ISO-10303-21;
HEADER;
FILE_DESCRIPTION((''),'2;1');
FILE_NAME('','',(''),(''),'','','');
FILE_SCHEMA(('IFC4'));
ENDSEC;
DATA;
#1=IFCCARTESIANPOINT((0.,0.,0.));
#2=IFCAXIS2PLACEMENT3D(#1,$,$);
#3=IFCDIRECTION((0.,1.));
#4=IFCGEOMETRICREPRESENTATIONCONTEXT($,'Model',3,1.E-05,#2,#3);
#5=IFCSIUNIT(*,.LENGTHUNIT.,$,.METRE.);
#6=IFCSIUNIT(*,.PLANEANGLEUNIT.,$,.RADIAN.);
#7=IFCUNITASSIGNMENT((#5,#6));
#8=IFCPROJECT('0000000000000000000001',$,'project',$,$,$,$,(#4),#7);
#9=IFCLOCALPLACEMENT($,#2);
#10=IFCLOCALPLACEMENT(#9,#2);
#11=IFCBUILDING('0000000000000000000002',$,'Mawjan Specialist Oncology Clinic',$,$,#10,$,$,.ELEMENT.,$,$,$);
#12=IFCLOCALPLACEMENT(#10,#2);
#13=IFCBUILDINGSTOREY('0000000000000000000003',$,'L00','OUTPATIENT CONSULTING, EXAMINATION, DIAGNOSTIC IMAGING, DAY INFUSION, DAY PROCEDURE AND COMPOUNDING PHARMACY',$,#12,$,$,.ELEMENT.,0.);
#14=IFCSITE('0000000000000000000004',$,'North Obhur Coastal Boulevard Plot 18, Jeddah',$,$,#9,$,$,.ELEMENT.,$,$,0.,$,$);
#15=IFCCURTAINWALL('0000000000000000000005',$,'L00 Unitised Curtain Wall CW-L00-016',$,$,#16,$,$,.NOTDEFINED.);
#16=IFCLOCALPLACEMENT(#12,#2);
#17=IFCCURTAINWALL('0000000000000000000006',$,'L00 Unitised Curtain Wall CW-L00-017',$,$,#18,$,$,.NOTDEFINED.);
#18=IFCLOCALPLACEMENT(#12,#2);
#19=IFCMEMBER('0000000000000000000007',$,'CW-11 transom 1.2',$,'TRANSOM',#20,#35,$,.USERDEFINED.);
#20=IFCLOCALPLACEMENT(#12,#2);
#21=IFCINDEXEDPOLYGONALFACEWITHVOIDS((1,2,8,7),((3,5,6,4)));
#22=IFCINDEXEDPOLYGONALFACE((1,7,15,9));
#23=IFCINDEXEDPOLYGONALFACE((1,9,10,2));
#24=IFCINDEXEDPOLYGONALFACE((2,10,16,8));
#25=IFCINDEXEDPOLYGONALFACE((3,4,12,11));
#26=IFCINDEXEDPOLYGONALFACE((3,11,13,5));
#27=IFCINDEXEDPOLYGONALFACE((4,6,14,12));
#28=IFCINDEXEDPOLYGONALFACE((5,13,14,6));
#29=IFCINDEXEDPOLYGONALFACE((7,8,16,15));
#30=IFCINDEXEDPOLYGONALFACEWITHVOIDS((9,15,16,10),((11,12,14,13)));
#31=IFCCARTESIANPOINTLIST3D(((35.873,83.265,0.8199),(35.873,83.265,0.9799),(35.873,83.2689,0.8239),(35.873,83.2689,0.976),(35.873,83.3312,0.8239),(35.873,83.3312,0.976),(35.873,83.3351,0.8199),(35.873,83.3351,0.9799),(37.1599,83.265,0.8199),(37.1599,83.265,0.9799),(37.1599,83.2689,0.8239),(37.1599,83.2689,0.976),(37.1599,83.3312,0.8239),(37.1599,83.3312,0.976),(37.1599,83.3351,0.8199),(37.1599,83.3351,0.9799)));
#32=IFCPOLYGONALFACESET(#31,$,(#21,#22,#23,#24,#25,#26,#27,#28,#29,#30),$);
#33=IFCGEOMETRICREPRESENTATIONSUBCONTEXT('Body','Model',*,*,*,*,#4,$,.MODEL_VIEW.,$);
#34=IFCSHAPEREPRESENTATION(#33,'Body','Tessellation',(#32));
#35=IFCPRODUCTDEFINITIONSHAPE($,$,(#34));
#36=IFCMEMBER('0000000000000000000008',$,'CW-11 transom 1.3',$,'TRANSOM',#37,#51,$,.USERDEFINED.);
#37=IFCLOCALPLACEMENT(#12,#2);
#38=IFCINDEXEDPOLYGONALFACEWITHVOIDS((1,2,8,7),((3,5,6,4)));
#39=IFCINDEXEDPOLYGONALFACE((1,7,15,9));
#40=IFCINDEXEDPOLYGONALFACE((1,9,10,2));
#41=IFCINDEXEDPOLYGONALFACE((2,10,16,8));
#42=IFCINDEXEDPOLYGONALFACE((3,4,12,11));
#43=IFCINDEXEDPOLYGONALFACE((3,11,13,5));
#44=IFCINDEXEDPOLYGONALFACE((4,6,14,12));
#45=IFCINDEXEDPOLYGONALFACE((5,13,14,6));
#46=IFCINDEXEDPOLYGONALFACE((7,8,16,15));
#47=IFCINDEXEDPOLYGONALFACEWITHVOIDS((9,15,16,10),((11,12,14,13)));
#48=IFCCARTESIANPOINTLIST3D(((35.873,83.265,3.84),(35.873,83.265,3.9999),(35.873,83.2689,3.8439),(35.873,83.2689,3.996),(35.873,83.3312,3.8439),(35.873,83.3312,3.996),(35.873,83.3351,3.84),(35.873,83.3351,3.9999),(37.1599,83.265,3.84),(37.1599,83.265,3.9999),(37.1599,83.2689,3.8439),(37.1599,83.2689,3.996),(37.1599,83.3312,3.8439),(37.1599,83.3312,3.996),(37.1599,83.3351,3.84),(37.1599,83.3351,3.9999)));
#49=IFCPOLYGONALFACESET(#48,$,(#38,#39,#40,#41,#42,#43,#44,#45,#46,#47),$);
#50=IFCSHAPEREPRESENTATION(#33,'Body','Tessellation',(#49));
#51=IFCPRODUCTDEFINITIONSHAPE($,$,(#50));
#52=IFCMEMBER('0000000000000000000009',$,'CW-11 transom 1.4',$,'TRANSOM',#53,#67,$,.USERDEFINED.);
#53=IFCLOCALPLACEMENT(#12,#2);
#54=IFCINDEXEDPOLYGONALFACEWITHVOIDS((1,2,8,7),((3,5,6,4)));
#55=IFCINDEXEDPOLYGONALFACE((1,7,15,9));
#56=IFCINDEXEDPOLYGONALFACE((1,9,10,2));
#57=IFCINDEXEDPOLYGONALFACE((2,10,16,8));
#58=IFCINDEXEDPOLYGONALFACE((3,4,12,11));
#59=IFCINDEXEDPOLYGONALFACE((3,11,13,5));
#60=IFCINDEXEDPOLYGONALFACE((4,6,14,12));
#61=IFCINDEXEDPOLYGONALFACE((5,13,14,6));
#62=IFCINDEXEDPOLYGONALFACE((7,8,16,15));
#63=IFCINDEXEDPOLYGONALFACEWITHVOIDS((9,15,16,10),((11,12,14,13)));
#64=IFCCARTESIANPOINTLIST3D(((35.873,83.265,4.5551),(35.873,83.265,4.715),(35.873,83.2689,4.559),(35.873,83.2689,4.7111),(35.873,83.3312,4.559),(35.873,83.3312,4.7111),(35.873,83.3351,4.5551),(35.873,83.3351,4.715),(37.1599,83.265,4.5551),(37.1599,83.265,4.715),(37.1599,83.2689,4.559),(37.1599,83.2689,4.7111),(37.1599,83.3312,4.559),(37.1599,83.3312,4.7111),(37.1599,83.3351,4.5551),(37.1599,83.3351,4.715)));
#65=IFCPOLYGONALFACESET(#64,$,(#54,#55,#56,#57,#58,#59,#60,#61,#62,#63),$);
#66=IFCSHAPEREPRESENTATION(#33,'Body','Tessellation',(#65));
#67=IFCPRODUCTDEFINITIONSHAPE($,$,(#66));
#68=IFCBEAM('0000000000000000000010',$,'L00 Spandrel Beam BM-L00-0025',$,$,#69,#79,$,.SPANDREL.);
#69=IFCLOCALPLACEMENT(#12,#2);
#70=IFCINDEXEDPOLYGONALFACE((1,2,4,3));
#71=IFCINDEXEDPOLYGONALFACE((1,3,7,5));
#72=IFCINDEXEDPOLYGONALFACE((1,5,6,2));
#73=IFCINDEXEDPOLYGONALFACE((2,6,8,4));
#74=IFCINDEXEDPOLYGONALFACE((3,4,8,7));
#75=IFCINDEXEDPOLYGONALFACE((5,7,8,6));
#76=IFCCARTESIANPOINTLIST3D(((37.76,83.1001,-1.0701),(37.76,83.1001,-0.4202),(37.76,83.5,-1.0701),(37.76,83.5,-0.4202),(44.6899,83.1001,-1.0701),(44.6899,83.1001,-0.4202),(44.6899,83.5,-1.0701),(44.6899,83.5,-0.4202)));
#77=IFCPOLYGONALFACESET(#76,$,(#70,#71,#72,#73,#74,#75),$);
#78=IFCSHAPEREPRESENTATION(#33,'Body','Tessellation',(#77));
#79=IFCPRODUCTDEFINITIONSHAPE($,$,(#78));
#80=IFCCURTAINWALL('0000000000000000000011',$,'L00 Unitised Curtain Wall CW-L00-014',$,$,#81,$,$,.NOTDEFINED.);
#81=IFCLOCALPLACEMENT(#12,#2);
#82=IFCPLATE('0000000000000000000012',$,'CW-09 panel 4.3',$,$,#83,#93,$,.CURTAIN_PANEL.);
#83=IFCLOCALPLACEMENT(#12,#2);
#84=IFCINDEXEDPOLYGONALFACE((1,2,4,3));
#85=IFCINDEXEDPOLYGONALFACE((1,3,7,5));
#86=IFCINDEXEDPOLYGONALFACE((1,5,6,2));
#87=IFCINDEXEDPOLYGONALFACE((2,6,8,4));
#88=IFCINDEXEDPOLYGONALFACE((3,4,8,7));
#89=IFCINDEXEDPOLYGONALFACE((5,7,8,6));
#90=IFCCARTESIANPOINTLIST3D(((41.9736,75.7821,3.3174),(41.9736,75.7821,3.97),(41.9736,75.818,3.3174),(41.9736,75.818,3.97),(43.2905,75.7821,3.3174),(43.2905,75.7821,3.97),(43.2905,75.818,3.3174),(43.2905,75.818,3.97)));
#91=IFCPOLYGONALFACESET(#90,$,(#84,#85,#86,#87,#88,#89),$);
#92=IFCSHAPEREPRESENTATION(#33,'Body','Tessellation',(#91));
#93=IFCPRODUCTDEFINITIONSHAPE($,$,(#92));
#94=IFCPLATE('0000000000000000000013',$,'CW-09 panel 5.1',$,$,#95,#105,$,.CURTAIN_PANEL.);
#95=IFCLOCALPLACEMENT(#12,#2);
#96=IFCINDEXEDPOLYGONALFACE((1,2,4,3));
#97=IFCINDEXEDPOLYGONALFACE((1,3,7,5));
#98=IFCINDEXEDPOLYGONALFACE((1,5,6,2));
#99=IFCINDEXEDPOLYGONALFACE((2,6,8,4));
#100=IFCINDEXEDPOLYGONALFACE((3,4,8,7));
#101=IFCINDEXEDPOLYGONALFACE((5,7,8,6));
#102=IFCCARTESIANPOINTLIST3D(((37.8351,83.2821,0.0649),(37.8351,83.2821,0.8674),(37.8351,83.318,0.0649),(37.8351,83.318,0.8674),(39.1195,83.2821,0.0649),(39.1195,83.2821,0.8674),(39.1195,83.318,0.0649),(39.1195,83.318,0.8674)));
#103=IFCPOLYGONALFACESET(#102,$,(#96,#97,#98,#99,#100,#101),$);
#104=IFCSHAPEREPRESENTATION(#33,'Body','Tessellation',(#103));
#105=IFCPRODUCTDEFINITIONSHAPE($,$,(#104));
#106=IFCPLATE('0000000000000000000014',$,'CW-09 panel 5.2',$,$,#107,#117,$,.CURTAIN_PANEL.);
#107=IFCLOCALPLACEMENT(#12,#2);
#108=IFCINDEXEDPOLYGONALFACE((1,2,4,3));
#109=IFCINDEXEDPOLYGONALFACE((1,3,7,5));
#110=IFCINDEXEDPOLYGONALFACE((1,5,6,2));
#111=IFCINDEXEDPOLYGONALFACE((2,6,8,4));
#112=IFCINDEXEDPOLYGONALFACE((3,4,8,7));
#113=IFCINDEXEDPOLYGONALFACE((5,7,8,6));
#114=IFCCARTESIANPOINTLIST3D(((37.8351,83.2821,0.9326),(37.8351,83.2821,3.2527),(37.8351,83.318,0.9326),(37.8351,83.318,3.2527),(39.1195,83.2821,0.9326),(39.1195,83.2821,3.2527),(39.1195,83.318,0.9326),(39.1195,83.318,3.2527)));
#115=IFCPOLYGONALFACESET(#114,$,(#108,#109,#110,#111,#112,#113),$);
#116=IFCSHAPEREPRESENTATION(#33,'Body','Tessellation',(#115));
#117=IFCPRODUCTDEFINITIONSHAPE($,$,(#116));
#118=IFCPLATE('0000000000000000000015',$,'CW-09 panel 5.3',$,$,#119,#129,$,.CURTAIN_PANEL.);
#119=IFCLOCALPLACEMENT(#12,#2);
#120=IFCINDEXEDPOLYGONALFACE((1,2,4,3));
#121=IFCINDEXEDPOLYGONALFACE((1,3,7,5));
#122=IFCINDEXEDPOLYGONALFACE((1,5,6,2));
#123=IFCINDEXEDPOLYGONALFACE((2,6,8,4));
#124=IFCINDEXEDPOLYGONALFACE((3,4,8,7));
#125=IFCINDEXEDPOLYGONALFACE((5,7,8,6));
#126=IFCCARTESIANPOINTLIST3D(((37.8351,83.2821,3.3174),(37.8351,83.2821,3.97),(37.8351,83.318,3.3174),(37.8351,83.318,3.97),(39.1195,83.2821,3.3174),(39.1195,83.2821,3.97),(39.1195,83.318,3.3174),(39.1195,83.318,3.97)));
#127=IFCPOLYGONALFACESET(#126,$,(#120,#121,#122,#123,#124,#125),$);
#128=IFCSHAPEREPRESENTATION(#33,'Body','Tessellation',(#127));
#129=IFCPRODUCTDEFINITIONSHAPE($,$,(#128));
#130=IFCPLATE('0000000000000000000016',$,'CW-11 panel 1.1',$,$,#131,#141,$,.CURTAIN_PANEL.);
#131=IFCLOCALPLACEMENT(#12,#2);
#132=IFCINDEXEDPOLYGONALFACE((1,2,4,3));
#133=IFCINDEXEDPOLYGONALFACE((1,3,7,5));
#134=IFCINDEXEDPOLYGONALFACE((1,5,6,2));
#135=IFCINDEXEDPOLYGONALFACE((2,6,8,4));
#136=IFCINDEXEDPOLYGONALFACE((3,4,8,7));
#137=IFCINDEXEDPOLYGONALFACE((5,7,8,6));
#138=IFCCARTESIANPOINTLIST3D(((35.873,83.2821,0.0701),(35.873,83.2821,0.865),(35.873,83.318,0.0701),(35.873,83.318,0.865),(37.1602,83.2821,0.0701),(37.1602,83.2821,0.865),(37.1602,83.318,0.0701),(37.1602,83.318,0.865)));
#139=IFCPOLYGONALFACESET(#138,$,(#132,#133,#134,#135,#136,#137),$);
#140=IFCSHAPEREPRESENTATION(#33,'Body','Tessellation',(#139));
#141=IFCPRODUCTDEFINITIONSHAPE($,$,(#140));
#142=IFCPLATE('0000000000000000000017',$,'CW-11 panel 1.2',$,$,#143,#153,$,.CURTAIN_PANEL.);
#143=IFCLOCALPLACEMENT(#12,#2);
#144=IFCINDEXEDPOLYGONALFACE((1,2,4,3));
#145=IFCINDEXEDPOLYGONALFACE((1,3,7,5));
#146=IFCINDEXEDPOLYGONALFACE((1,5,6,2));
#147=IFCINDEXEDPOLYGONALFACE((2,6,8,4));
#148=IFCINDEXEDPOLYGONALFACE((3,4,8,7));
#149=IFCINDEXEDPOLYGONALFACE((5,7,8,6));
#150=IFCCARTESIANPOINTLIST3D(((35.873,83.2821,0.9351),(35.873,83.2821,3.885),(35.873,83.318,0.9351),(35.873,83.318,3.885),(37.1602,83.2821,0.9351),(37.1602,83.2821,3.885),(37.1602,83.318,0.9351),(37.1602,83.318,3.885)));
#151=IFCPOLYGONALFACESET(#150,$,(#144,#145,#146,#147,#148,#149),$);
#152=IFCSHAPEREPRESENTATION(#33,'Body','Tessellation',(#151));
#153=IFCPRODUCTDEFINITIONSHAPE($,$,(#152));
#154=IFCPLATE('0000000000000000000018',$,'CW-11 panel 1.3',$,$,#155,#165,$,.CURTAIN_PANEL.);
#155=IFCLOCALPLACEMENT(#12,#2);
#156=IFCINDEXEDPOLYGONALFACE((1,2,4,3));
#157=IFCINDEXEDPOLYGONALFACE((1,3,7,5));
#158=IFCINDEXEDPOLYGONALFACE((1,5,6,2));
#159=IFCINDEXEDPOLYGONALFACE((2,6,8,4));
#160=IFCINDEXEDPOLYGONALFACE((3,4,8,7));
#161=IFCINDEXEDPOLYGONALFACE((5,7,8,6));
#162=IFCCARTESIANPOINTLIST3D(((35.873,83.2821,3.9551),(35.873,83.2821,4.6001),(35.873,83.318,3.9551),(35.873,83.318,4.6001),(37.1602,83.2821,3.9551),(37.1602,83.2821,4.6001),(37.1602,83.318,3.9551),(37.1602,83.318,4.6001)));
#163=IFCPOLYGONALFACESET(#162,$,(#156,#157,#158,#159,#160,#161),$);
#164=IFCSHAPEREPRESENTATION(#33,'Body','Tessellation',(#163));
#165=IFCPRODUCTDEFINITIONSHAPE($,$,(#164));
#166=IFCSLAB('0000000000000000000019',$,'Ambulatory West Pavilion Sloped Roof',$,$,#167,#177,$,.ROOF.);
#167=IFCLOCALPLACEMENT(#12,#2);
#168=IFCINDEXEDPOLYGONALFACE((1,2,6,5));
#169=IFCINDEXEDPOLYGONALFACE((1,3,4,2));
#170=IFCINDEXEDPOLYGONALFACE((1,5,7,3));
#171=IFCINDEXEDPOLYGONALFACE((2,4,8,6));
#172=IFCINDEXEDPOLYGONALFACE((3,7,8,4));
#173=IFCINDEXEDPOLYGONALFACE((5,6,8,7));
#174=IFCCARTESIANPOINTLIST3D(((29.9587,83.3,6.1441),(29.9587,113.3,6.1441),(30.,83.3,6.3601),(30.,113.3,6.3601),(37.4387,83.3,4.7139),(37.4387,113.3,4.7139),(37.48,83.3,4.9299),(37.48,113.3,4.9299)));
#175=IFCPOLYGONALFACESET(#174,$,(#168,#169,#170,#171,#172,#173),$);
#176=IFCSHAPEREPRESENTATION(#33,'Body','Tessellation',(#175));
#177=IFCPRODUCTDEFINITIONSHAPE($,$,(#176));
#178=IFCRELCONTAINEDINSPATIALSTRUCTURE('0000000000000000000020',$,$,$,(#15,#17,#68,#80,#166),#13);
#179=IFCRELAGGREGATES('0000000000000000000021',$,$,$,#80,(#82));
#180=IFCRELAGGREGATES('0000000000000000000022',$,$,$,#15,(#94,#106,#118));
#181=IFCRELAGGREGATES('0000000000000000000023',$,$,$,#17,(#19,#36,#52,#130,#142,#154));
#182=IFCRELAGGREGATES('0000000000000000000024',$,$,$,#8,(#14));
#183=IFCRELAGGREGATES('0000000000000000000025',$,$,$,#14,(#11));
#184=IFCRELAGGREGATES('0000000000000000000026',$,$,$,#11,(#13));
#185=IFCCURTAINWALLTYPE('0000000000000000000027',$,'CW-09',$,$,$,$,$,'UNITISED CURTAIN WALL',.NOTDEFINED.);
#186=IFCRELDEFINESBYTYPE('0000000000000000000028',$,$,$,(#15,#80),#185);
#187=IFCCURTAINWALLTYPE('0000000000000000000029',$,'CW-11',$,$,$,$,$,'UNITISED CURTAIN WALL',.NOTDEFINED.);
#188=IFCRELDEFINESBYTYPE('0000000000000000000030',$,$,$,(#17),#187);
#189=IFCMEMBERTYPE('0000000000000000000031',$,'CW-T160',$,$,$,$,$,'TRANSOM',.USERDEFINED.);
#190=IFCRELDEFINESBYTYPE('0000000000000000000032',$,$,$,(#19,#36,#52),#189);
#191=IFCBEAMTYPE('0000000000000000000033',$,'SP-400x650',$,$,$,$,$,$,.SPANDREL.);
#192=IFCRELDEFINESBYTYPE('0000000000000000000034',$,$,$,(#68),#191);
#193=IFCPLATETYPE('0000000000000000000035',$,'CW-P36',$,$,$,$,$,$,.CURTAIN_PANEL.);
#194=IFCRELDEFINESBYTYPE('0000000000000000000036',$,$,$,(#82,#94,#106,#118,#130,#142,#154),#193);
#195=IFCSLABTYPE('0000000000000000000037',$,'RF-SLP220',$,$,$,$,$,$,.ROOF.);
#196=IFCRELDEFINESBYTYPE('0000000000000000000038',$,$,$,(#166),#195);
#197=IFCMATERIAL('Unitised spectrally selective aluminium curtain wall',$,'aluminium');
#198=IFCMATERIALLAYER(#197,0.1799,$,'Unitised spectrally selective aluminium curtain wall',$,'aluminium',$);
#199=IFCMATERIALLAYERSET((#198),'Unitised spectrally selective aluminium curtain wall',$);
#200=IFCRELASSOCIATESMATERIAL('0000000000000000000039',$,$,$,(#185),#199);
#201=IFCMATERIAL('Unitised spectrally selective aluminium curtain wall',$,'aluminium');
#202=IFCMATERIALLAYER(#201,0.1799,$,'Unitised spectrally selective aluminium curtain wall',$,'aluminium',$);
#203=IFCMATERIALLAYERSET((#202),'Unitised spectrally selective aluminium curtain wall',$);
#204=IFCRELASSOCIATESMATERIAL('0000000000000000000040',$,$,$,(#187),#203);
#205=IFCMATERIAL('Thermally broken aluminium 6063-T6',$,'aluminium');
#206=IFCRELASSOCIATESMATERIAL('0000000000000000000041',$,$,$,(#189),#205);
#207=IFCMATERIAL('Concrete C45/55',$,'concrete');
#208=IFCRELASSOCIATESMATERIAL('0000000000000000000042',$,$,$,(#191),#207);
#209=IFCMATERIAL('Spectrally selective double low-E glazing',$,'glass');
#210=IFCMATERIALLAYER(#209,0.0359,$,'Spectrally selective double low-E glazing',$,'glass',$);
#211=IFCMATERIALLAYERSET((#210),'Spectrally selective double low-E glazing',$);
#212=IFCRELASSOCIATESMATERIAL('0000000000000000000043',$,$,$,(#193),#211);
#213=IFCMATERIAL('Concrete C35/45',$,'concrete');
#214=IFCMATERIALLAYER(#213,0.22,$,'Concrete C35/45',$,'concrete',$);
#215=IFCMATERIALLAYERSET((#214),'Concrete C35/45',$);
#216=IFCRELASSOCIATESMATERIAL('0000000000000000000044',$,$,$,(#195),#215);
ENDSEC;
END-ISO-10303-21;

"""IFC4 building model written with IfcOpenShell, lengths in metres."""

from ifc_helpers import new_model, si_unit, direction, frame, origin, origin_2d, place, context, subcontext, project, spatial, polyline, rectangle, hollow_rectangle, outline, extrude, material, layer, layer_set, material_profile, profile_set, type_object, element, aggregate, save


model = new_model("IFC4")

# Units and contexts
model_context = context("Model", 3, precision=1e-05, world=origin(), true_north=direction((0.0, 1.0)))
body_context = subcontext(model_context, "Body", "Model", "MODEL_VIEW")
ifc_project = project(units=[si_unit("LENGTHUNIT", "METRE"), si_unit("PLANEANGLEUNIT", "RADIAN")], contexts=[model_context])

# Site, building, storey
site_placement = place(None, origin())
site = spatial("IfcSite", under=ifc_project, at=site_placement, Name="North Obhur Coastal Boulevard Plot 18, Jeddah", CompositionType="ELEMENT", RefElevation=0.0)
building_placement = place(site_placement, origin())
building = spatial("IfcBuilding", under=site, at=building_placement, Name="Mawjan Specialist Oncology Clinic", CompositionType="ELEMENT")
storey_placement = place(building_placement, origin())
storey = spatial("IfcBuildingStorey", under=building, at=storey_placement, Name="L00", Description="OUTPATIENT CONSULTING, EXAMINATION, DIAGNOSTIC IMAGING, DAY INFUSION, DAY PROCEDURE AND COMPOUNDING PHARMACY", CompositionType="ELEMENT", Elevation=0.0)

# Curtain walls
ifc_material_1 = material(Name="Unitised spectrally selective aluminium curtain wall", Category="aluminium")
ifc_layer_1 = layer(ifc_material_1, 0.1799, Name="Unitised spectrally selective aluminium curtain wall", Category="aluminium")
ifc_layer_set_1 = layer_set([ifc_layer_1], Name="Unitised spectrally selective aluminium curtain wall")
curtain_wall_type_1 = type_object("IfcCurtainWallType", Name="CW-09", ElementType="UNITISED CURTAIN WALL", PredefinedType="NOTDEFINED", material=ifc_layer_set_1)
curtain_wall_1_placement = place(storey_placement, origin())
curtain_wall_1 = element("IfcCurtainWall", 1, at=curtain_wall_1_placement, inside=storey, type_object=curtain_wall_type_1, Name="L00 Unitised Curtain Wall CW-L00-016", PredefinedType="NOTDEFINED")
ifc_material_2 = material(Name="Unitised spectrally selective aluminium curtain wall", Category="aluminium")
ifc_layer_2 = layer(ifc_material_2, 0.1799, Name="Unitised spectrally selective aluminium curtain wall", Category="aluminium")
ifc_layer_set_2 = layer_set([ifc_layer_2], Name="Unitised spectrally selective aluminium curtain wall")
curtain_wall_type_2 = type_object("IfcCurtainWallType", Name="CW-11", ElementType="UNITISED CURTAIN WALL", PredefinedType="NOTDEFINED", material=ifc_layer_set_2)
curtain_wall_2_placement = place(storey_placement, origin())
curtain_wall_2 = element("IfcCurtainWall", 2, at=curtain_wall_2_placement, inside=storey, type_object=curtain_wall_type_2, Name="L00 Unitised Curtain Wall CW-L00-017", PredefinedType="NOTDEFINED")

# Members
ifc_material_3 = material(Name="Thermally broken aluminium 6063-T6", Category="aluminium")
ifc_material_profile_1 = material_profile(ifc_material_3, hollow_rectangle(XDim=0.0701, YDim=0.1599, WallThickness=0.0039, at=origin_2d()), Name="ALU TRANSOM 160x70x4", Category="aluminium")
ifc_profile_set_1 = profile_set([ifc_material_profile_1], Name="Thermally broken aluminium 6063-T6")
member_type_1 = type_object("IfcMemberType", Name="CW-T160", ElementType="TRANSOM", PredefinedType="USERDEFINED", material=ifc_profile_set_1)
member_1_placement = place(storey_placement, frame((37.1599, 83.3, 0.8999), z_axis=(-1.0, 0.0, 0.0), x_axis=(0.0, -1.0, 0.0)))
member_1 = element("IfcMember", 3, at=member_1_placement, type_object=member_type_1, Name="CW-11 transom 1.2", ObjectType="TRANSOM", PredefinedType="USERDEFINED", context=body_context, shape_type="SweptSolid", body=[
    extrude(hollow_rectangle(XDim=0.0701, YDim=0.1599, WallThickness=0.0039, at=origin_2d()), origin(), (0.0, 0.0, 1.0), 1.2869),
])
member_2_placement = place(storey_placement, frame((37.1599, 83.3, 3.9199), z_axis=(-1.0, 0.0, 0.0), x_axis=(0.0, -1.0, 0.0)))
member_2 = element("IfcMember", 4, at=member_2_placement, type_object=member_type_1, Name="CW-11 transom 1.3", ObjectType="TRANSOM", PredefinedType="USERDEFINED", context=body_context, shape_type="SweptSolid", body=[
    extrude(hollow_rectangle(XDim=0.0701, YDim=0.1599, WallThickness=0.0039, at=origin_2d()), origin(), (0.0, 0.0, 1.0), 1.2869),
])
member_3_placement = place(storey_placement, frame((37.1599, 83.3, 4.635), z_axis=(-1.0, 0.0, 0.0), x_axis=(0.0, -1.0, 0.0)))
member_3 = element("IfcMember", 5, at=member_3_placement, type_object=member_type_1, Name="CW-11 transom 1.4", ObjectType="TRANSOM", PredefinedType="USERDEFINED", context=body_context, shape_type="SweptSolid", body=[
    extrude(hollow_rectangle(XDim=0.0701, YDim=0.1599, WallThickness=0.0039, at=origin_2d()), origin(), (0.0, 0.0, 1.0), 1.2869),
])

# Beam
ifc_material_4 = material(Name="Concrete C45/55", Category="concrete")
ifc_material_profile_2 = material_profile(ifc_material_4, rectangle(XDim=0.3999, YDim=0.6499, at=origin_2d()), Name="RC BM 400x650", Category="concrete")
ifc_profile_set_2 = profile_set([ifc_material_profile_2], Name="Concrete C45/55")
beam_type = type_object("IfcBeamType", Name="SP-400x650", PredefinedType="SPANDREL", material=ifc_profile_set_2)
beam_placement = place(storey_placement, frame((37.76, 83.3, -0.7451), z_axis=(1.0, 0.0, 0.0), x_axis=(0.0, 1.0, 0.0)))
element("IfcBeam", 6, at=beam_placement, inside=storey, type_object=beam_type, Name="L00 Spandrel Beam BM-L00-0025", PredefinedType="SPANDREL", context=body_context, shape_type="SweptSolid", body=[
    extrude(rectangle(XDim=0.3999, YDim=0.6499, at=origin_2d()), origin(), (0.0, 0.0, 1.0), 6.9299),
])

# Curtain wall, plate
curtain_wall_3_placement = place(storey_placement, origin())
curtain_wall_3 = element("IfcCurtainWall", 7, at=curtain_wall_3_placement, inside=storey, type_object=curtain_wall_type_1, Name="L00 Unitised Curtain Wall CW-L00-014", PredefinedType="NOTDEFINED")
ifc_material_5 = material(Name="Spectrally selective double low-E glazing", Category="glass")
ifc_layer_3 = layer(ifc_material_5, 0.0359, Name="Spectrally selective double low-E glazing", Category="glass")
ifc_layer_set_3 = layer_set([ifc_layer_3], Name="Spectrally selective double low-E glazing")
plate_type = type_object("IfcPlateType", Name="CW-P36", PredefinedType="CURTAIN_PANEL", material=ifc_layer_set_3)
plate_1_placement = place(storey_placement, frame((42.6321, 75.8, 3.3174), z_axis=(0.0, 0.0, 1.0), x_axis=(1.0, 0.0, 0.0)))
plate_1 = element("IfcPlate", 8, at=plate_1_placement, type_object=plate_type, Name="CW-09 panel 4.3", PredefinedType="CURTAIN_PANEL", context=body_context, shape_type="SweptSolid", body=[
    extrude(rectangle(XDim=1.3169, YDim=0.0359, at=origin_2d()), origin(), (0.0, 0.0, 1.0), 0.6526),
])
aggregate(curtain_wall_3, [plate_1])

# Plates
plate_2_placement = place(storey_placement, frame((38.4773, 83.3, 0.0649), z_axis=(0.0, 0.0, 1.0), x_axis=(-1.0, 0.0, 0.0)))
plate_2 = element("IfcPlate", 9, at=plate_2_placement, type_object=plate_type, Name="CW-09 panel 5.1", PredefinedType="CURTAIN_PANEL", context=body_context, shape_type="SweptSolid", body=[
    extrude(rectangle(XDim=1.2844, YDim=0.0359, at=origin_2d()), origin(), (0.0, 0.0, 1.0), 0.8025),
])
plate_3_placement = place(storey_placement, frame((38.4773, 83.3, 0.9326), z_axis=(0.0, 0.0, 1.0), x_axis=(-1.0, 0.0, 0.0)))
plate_3 = element("IfcPlate", 10, at=plate_3_placement, type_object=plate_type, Name="CW-09 panel 5.2", PredefinedType="CURTAIN_PANEL", context=body_context, shape_type="SweptSolid", body=[
    extrude(rectangle(XDim=1.2844, YDim=0.0359, at=origin_2d()), origin(), (0.0, 0.0, 1.0), 2.3201),
])
plate_4_placement = place(storey_placement, frame((38.4773, 83.3, 3.3174), z_axis=(0.0, 0.0, 1.0), x_axis=(-1.0, 0.0, 0.0)))
plate_4 = element("IfcPlate", 11, at=plate_4_placement, type_object=plate_type, Name="CW-09 panel 5.3", PredefinedType="CURTAIN_PANEL", context=body_context, shape_type="SweptSolid", body=[
    extrude(rectangle(XDim=1.2844, YDim=0.0359, at=origin_2d()), origin(), (0.0, 0.0, 1.0), 0.6526),
])
aggregate(curtain_wall_1, [plate_2, plate_3, plate_4])
plate_5_placement = place(storey_placement, frame((36.5166, 83.3, 0.0701), z_axis=(0.0, 0.0, 1.0), x_axis=(-1.0, 0.0, 0.0)))
plate_5 = element("IfcPlate", 12, at=plate_5_placement, type_object=plate_type, Name="CW-11 panel 1.1", PredefinedType="CURTAIN_PANEL", context=body_context, shape_type="SweptSolid", body=[
    extrude(rectangle(XDim=1.2871, YDim=0.0359, at=origin_2d()), origin(), (0.0, 0.0, 1.0), 0.7949),
])
plate_6_placement = place(storey_placement, frame((36.5166, 83.3, 0.9351), z_axis=(0.0, 0.0, 1.0), x_axis=(-1.0, 0.0, 0.0)))
plate_6 = element("IfcPlate", 13, at=plate_6_placement, type_object=plate_type, Name="CW-11 panel 1.2", PredefinedType="CURTAIN_PANEL", context=body_context, shape_type="SweptSolid", body=[
    extrude(rectangle(XDim=1.2871, YDim=0.0359, at=origin_2d()), origin(), (0.0, 0.0, 1.0), 2.95),
])
plate_7_placement = place(storey_placement, frame((36.5166, 83.3, 3.9551), z_axis=(0.0, 0.0, 1.0), x_axis=(-1.0, 0.0, 0.0)))
plate_7 = element("IfcPlate", 14, at=plate_7_placement, type_object=plate_type, Name="CW-11 panel 1.3", PredefinedType="CURTAIN_PANEL", context=body_context, shape_type="SweptSolid", body=[
    extrude(rectangle(XDim=1.2871, YDim=0.0359, at=origin_2d()), origin(), (0.0, 0.0, 1.0), 0.645),
])
aggregate(curtain_wall_2, [member_1, member_2, member_3, plate_5, plate_6, plate_7])

# Slab
ifc_material_6 = material(Name="Concrete C35/45", Category="concrete")
ifc_layer_4 = layer(ifc_material_6, 0.22, Name="Concrete C35/45", Category="concrete")
ifc_layer_set_4 = layer_set([ifc_layer_4], Name="Concrete C35/45")
slab_type = type_object("IfcSlabType", Name="RF-SLP220", PredefinedType="ROOF", material=ifc_layer_set_4)
slab_placement = place(storey_placement, frame((37.48, 83.3, 4.9299), z_axis=(0.187799, 0.0, 0.982208), x_axis=(0.0, 1.0, 0.0)))
element("IfcSlab", 15, at=slab_placement, inside=storey, type_object=slab_type, Name="Ambulatory West Pavilion Sloped Roof", PredefinedType="ROOF", context=body_context, shape_type="SweptSolid", body=[
    extrude(outline(polyline([(0.0, 0.0), (30.0, 0.0), (30.0, 7.6155), (0.0, 7.6155), (0.0, 0.0)])), origin(), (0.0, 0.0, -1.0), 0.22),
])

save(model, "model.ifc")
